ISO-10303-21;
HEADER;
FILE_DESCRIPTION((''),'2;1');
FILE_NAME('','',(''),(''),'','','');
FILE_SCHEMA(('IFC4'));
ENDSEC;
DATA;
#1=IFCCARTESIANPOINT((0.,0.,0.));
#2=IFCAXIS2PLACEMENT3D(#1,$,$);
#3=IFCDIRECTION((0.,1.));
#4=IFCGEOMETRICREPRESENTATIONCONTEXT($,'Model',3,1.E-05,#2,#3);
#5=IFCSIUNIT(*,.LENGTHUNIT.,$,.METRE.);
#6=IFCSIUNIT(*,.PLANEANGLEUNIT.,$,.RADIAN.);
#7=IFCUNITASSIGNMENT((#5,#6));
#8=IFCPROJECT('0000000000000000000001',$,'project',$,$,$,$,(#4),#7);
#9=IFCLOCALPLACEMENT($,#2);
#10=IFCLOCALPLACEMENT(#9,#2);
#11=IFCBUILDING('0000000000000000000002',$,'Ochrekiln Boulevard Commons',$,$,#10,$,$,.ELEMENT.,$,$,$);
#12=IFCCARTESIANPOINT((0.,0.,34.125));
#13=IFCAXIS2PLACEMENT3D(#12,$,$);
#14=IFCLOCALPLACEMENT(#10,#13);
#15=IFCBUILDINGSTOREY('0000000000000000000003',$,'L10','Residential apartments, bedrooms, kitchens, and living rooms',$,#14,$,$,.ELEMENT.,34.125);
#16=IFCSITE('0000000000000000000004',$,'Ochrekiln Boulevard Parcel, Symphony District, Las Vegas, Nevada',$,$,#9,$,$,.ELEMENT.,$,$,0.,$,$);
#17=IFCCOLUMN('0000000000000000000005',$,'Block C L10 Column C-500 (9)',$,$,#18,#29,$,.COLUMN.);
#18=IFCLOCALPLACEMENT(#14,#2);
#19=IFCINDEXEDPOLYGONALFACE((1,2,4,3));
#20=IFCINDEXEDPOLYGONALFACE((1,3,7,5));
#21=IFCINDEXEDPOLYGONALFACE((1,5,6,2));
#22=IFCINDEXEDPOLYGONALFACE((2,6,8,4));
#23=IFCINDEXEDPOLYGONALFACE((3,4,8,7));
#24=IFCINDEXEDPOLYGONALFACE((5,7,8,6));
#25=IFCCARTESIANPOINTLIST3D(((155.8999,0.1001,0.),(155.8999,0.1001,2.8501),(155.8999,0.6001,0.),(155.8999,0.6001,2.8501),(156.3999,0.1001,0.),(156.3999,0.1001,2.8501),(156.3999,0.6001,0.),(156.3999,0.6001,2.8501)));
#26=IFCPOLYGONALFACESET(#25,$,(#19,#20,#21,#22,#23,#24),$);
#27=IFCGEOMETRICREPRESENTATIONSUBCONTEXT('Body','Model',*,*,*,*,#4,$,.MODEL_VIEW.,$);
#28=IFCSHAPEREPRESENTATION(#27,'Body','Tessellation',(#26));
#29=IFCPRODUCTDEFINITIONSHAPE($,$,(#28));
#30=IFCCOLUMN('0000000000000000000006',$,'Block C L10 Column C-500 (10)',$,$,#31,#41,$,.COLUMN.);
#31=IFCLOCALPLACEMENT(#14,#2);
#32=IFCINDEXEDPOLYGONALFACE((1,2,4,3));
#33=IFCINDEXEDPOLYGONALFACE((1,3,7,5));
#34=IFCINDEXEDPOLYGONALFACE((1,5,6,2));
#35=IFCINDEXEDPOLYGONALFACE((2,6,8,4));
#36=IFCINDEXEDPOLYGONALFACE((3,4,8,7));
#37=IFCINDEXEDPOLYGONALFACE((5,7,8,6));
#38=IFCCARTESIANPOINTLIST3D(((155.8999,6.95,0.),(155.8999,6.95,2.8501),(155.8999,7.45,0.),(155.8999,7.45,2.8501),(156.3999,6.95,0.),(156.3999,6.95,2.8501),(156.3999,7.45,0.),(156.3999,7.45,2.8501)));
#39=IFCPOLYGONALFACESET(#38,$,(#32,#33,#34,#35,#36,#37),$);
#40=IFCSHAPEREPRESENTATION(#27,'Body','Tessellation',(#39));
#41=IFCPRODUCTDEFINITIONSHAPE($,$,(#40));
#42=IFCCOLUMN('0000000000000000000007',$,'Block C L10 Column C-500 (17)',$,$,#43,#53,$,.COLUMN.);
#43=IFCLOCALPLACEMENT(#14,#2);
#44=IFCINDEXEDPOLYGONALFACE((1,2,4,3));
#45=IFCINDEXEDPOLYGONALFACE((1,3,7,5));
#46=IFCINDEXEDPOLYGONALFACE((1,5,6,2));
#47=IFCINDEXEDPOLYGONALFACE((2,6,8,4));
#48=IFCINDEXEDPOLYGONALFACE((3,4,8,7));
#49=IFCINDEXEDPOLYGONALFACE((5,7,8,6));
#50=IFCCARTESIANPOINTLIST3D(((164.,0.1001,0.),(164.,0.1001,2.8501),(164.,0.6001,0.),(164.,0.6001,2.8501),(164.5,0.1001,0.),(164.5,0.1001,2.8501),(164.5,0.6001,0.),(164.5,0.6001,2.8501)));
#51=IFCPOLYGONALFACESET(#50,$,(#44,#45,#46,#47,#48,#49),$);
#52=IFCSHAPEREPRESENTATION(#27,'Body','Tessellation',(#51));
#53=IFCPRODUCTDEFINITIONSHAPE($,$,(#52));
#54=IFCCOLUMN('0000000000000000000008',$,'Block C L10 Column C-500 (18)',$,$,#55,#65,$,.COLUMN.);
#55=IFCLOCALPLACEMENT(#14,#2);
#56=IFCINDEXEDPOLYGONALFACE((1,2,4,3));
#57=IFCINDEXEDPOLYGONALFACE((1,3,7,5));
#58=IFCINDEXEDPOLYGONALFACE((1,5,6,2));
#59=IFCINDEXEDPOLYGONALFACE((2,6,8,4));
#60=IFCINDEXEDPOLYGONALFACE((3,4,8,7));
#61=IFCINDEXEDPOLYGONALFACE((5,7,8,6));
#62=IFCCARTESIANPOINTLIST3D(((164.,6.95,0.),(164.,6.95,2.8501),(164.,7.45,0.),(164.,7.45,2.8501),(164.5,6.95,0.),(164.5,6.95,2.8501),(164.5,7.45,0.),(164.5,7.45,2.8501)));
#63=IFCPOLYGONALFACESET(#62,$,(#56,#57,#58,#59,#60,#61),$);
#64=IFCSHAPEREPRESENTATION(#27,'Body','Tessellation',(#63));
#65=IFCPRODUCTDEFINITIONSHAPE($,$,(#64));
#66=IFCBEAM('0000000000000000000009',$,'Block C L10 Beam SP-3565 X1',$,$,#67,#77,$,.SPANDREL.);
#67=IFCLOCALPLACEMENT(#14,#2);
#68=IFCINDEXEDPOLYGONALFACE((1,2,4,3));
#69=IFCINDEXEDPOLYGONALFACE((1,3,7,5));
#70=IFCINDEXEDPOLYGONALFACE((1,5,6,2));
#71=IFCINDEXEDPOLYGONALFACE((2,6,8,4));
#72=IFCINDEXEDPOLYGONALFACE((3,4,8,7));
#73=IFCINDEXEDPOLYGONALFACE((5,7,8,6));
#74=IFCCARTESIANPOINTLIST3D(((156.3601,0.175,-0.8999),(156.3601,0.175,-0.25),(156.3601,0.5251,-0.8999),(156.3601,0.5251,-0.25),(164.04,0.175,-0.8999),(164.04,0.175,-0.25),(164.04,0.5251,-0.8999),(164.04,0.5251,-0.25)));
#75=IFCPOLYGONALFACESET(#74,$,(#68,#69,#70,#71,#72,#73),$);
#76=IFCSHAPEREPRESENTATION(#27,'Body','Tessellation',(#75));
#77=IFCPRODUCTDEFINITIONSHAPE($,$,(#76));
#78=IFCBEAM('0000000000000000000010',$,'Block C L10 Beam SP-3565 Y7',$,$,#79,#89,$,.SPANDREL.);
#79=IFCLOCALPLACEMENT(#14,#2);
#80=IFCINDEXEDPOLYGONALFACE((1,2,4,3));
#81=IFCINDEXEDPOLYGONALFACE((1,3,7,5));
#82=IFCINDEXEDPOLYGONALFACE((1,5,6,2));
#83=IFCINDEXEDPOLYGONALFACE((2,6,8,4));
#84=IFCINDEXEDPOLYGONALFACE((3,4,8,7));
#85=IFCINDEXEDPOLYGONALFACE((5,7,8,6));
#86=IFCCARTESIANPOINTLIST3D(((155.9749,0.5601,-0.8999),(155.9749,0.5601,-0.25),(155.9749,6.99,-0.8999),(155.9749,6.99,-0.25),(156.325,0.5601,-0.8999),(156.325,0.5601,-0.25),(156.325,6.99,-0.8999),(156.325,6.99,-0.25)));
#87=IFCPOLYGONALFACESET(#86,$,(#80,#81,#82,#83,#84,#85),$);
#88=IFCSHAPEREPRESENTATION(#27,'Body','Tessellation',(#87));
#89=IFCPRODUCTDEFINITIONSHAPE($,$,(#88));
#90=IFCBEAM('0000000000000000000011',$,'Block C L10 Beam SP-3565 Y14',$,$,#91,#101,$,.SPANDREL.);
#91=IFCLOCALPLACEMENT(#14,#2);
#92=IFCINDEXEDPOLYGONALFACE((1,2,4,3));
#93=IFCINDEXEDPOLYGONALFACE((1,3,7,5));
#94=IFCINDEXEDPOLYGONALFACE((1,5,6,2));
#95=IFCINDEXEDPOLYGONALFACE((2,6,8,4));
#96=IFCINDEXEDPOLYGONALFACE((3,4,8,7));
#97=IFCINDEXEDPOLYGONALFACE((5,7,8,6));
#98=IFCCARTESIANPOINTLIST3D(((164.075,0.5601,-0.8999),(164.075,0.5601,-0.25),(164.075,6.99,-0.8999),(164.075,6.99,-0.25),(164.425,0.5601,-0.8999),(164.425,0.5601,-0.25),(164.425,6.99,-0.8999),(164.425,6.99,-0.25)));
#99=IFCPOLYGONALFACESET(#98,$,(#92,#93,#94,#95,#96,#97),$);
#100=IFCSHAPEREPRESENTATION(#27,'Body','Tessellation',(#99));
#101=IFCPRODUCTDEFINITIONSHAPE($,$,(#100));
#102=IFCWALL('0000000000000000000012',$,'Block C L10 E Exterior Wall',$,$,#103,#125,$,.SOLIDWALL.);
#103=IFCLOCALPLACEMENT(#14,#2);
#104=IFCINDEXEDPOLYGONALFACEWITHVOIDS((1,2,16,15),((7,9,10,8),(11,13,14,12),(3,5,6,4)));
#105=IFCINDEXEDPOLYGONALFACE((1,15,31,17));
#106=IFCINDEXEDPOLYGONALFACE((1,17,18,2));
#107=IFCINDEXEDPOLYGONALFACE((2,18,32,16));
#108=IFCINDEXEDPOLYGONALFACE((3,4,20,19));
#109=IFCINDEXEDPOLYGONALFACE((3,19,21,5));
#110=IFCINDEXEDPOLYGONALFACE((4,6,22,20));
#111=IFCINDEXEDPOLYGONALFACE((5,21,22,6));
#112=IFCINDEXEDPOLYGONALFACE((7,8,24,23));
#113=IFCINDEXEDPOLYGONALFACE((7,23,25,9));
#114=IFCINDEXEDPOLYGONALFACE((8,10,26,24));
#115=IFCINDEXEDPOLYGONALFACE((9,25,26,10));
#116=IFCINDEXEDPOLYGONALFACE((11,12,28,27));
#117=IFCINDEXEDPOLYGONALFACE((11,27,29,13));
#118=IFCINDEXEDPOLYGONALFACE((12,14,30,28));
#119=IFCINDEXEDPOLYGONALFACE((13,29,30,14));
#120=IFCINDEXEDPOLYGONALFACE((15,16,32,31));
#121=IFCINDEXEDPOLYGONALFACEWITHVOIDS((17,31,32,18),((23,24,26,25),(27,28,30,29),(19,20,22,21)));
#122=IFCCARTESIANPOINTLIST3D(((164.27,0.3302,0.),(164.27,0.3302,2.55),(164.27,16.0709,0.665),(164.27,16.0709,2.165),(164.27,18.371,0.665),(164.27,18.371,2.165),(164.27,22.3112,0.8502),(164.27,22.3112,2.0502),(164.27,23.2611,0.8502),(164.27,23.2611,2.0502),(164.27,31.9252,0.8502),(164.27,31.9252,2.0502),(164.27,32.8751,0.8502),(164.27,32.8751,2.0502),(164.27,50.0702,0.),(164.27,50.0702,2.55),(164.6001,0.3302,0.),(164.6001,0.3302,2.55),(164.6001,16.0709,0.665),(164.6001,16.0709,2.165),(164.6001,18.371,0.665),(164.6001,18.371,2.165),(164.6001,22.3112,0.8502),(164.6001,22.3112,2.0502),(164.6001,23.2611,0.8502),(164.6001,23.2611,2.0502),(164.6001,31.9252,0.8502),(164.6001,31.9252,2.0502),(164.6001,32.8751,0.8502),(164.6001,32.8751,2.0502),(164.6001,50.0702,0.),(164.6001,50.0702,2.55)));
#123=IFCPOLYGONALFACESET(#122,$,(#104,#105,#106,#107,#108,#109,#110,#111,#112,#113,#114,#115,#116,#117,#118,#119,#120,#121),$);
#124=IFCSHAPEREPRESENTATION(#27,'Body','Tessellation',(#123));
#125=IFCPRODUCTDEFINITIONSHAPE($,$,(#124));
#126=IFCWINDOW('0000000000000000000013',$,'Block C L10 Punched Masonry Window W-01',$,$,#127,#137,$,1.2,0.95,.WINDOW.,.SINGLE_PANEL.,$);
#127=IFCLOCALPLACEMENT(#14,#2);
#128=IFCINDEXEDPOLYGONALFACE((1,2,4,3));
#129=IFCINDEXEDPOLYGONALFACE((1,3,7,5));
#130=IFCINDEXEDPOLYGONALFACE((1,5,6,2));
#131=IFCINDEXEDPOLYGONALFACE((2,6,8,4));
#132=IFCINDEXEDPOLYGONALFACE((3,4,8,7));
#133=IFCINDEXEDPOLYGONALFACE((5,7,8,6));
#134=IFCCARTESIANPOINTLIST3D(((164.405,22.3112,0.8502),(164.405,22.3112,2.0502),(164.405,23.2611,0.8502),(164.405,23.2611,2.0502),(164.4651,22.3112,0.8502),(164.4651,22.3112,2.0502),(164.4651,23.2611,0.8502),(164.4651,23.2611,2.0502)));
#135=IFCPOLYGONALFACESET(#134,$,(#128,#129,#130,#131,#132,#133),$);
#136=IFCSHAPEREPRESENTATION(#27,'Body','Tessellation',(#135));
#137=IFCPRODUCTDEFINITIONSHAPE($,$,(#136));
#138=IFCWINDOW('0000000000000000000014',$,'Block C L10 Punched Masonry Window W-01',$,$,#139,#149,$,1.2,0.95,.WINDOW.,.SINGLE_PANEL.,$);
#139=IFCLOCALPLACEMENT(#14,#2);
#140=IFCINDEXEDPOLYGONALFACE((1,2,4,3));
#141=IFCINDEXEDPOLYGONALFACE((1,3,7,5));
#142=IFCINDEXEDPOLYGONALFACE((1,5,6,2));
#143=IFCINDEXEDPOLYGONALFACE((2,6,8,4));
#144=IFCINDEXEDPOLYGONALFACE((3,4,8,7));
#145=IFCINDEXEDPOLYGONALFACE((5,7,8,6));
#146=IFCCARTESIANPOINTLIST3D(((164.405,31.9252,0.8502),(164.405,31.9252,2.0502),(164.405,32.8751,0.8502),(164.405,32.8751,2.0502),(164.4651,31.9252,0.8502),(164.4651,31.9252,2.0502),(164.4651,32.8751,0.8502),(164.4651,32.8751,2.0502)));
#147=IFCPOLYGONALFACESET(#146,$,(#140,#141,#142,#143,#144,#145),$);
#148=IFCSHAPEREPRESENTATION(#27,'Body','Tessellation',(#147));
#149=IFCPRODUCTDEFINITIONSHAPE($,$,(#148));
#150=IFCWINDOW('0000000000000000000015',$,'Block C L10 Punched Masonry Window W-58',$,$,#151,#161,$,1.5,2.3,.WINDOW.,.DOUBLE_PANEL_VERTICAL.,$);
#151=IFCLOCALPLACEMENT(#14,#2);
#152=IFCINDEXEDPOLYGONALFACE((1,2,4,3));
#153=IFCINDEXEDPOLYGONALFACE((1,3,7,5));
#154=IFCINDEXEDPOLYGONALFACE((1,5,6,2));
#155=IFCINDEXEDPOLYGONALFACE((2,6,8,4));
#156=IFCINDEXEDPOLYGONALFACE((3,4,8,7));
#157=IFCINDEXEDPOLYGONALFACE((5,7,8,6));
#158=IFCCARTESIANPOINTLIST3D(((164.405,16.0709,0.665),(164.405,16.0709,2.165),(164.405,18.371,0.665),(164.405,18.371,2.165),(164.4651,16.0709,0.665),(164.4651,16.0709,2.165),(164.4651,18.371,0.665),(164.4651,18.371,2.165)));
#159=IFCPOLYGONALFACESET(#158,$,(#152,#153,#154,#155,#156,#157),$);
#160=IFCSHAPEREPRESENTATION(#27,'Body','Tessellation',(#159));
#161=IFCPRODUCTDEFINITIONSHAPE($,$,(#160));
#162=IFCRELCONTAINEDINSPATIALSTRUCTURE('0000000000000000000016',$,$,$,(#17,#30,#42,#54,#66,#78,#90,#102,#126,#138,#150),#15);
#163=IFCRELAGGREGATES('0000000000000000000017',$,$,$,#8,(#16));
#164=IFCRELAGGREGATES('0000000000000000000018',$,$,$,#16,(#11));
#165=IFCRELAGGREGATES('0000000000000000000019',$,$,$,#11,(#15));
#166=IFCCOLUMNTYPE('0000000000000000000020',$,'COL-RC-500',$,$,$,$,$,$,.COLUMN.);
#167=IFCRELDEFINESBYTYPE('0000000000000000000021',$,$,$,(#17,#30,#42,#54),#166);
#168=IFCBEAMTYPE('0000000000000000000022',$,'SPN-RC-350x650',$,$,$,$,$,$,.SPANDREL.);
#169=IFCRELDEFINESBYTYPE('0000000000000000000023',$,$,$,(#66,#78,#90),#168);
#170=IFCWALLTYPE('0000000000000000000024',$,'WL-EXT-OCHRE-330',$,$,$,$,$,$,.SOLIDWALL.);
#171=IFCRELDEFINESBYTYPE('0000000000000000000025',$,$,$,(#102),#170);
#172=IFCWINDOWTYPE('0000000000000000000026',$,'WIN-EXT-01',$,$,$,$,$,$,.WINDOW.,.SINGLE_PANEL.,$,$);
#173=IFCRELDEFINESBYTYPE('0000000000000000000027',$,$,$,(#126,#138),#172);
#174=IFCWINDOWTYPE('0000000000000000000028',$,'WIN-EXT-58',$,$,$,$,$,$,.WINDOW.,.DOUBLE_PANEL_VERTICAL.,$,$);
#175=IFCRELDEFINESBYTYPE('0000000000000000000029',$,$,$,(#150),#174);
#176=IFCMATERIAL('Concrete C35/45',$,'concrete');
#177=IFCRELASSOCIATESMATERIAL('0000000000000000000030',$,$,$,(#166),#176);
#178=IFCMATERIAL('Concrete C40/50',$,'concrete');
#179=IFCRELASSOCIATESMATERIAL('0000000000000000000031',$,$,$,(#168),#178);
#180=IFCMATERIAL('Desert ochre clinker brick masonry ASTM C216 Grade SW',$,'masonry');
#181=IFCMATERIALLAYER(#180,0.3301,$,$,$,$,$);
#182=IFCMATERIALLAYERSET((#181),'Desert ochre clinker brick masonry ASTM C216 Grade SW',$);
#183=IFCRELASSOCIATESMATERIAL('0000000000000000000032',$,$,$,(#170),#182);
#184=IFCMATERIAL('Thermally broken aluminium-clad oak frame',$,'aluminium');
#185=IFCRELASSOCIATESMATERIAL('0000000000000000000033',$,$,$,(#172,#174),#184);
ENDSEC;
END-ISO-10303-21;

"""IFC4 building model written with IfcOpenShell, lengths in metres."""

from ifc_helpers import new_model, si_unit, direction, frame, frame_2d, origin, origin_2d, place, context, subcontext, project, spatial, rectangle, extrude, material, layer, layer_set, material_profile, profile_set, type_object, element, fill, save


model = new_model("IFC4")

# Units and contexts
model_context = context("Model", 3, precision=1e-05, world=origin(), true_north=direction((0.0, 1.0)))
body_context = subcontext(model_context, "Body", "Model", "MODEL_VIEW")
ifc_project = project(units=[si_unit("LENGTHUNIT", "METRE"), si_unit("PLANEANGLEUNIT", "RADIAN")], contexts=[model_context])

# Site, building, storey
site_placement = place(None, origin())
site = spatial("IfcSite", under=ifc_project, at=site_placement, Name="Ochrekiln Boulevard Parcel, Symphony District, Las Vegas, Nevada", CompositionType="ELEMENT", RefElevation=0.0)
building_placement = place(site_placement, origin())
building = spatial("IfcBuilding", under=site, at=building_placement, Name="Ochrekiln Boulevard Commons", CompositionType="ELEMENT")
storey_placement = place(building_placement, frame((0.0, 0.0, 34.125)))
storey = spatial("IfcBuildingStorey", under=building, at=storey_placement, Name="L10", Description="Residential apartments, bedrooms, kitchens, and living rooms", CompositionType="ELEMENT", Elevation=34.125)

# Columns
ifc_material_1 = material(Name="Concrete C35/45", Category="concrete")
ifc_material_profile_1 = material_profile(ifc_material_1, rectangle(XDim=0.5, YDim=0.5, at=origin_2d()), Name="RC-COL-500x500")
ifc_profile_set_1 = profile_set([ifc_material_profile_1], Name="Concrete C35/45")
column_type = type_object("IfcColumnType", Name="COL-RC-500", PredefinedType="COLUMN", material=ifc_profile_set_1)
for number, where, z_axis, x_axis, name in (
    (1, (156.1499, 0.3501, 0.0), (0.0, 0.0, 1.0), (1.0, 0.0, 0.0), "Block C L10 Column C-500 (9)"),
    (2, (156.1499, 7.2, 0.0), (0.0, 0.0, 1.0), (1.0, 0.0, 0.0), "Block C L10 Column C-500 (10)"),
    (3, (164.25, 0.3501, 0.0), (0.0, 0.0, 1.0), (1.0, 0.0, 0.0), "Block C L10 Column C-500 (17)"),
    (4, (164.25, 7.2, 0.0), (0.0, 0.0, 1.0), (1.0, 0.0, 0.0), "Block C L10 Column C-500 (18)"),
):
    element("IfcColumn", number, at=place(storey_placement, frame(where, z_axis=z_axis, x_axis=x_axis)), inside=storey, type_object=column_type, Name=name, PredefinedType="COLUMN", context=body_context, shape_type="SweptSolid", body=[
        extrude(rectangle(XDim=0.5, YDim=0.5, at=origin_2d()), origin(), (0.0, 0.0, 1.0), 2.8501),
    ])

# Beams
ifc_material_2 = material(Name="Concrete C40/50", Category="concrete")
ifc_material_profile_2 = material_profile(ifc_material_2, rectangle(XDim=0.3501, YDim=0.6499, at=origin_2d()), Name="RC-SPN-350x650")
ifc_profile_set_2 = profile_set([ifc_material_profile_2], Name="Concrete C40/50")
beam_type = type_object("IfcBeamType", Name="SPN-RC-350x650", PredefinedType="SPANDREL", material=ifc_profile_set_2)
beam_placement = place(storey_placement, frame((156.3601, 0.3501, -0.575), z_axis=(1.0, 0.0, 0.0), x_axis=(0.0, 1.0, 0.0)))
element("IfcBeam", 5, at=beam_placement, inside=storey, type_object=beam_type, Name="Block C L10 Beam SP-3565 X1", PredefinedType="SPANDREL", context=body_context, shape_type="SweptSolid", body=[
    extrude(rectangle(XDim=0.3501, YDim=0.6499, at=origin_2d()), origin(), (0.0, 0.0, 1.0), 7.6799),
])
for number, where, z_axis, x_axis, name in (
    (6, (156.1499, 0.5601, -0.575), (0.0, 1.0, 0.0), (-1.0, 0.0, 0.0), "Block C L10 Beam SP-3565 Y7"),
    (7, (164.25, 0.5601, -0.575), (0.0, 1.0, 0.0), (-1.0, 0.0, 0.0), "Block C L10 Beam SP-3565 Y14"),
):
    element("IfcBeam", number, at=place(storey_placement, frame(where, z_axis=z_axis, x_axis=x_axis)), inside=storey, type_object=beam_type, Name=name, PredefinedType="SPANDREL", context=body_context, shape_type="SweptSolid", body=[
        extrude(rectangle(XDim=0.3501, YDim=0.6499, at=origin_2d()), origin(), (0.0, 0.0, 1.0), 6.4299),
    ])

# Wall, openings, windows
ifc_material_3 = material(Name="Desert ochre clinker brick masonry ASTM C216 Grade SW", Category="masonry")
ifc_layer_1 = layer(ifc_material_3, 0.3301)
ifc_layer_set_1 = layer_set([ifc_layer_1], Name="Desert ochre clinker brick masonry ASTM C216 Grade SW")
wall_type_1 = type_object("IfcWallType", Name="WL-EXT-OCHRE-330", PredefinedType="SOLIDWALL", material=ifc_layer_set_1)
wall_1_placement = place(storey_placement, frame((164.4351, 0.3301, 0.0), z_axis=(0.0, 0.0, 1.0), x_axis=(0.0, 1.0, 0.0)))
wall_1 = element("IfcWall", 8, at=wall_1_placement, inside=storey, type_object=wall_type_1, Name="Block C L10 E Exterior Wall", PredefinedType="SOLIDWALL", context=body_context, shape_type="SweptSolid", body=[
    extrude(rectangle(XDim=49.74, YDim=0.3301, at=frame_2d((24.8701, 0.0))), origin(), (0.0, 0.0, 1.0), 2.55),
])
opening_1_placement = place(wall_1_placement, frame((15.741, 0.0, 0.665)))
opening_1 = element("IfcOpeningElement", 9, at=opening_1_placement, cuts=wall_1, PredefinedType="OPENING", context=body_context, shape_type="SweptSolid", body=[
    extrude(rectangle(XDim=2.3, YDim=1.5, at=frame_2d((1.1499, 0.75))), frame((0.0, 0.175, 0.0), z_axis=(0.0, -1.0, 0.0), x_axis=(1.0, 0.0, 0.0)), (0.0, 0.0, 1.0), 0.3501),
])
opening_2_placement = place(wall_1_placement, frame((21.981, 0.0, 0.8501)))
opening_2 = element("IfcOpeningElement", 10, at=opening_2_placement, cuts=wall_1, PredefinedType="OPENING", context=body_context, shape_type="SweptSolid", body=[
    extrude(rectangle(XDim=0.95, YDim=1.2, at=frame_2d((0.4751, 0.6001))), frame((0.0, 0.175, 0.0), z_axis=(0.0, -1.0, 0.0), x_axis=(1.0, 0.0, 0.0)), (0.0, 0.0, 1.0), 0.3501),
])
opening_3_placement = place(wall_1_placement, frame((31.595, 0.0, 0.8501)))
opening_3 = element("IfcOpeningElement", 11, at=opening_3_placement, cuts=wall_1, PredefinedType="OPENING", context=body_context, shape_type="SweptSolid", body=[
    extrude(rectangle(XDim=0.95, YDim=1.2, at=frame_2d((0.4751, 0.6001))), frame((0.0, 0.175, 0.0), z_axis=(0.0, -1.0, 0.0), x_axis=(1.0, 0.0, 0.0)), (0.0, 0.0, 1.0), 0.3501),
])
ifc_material_4 = material(Name="Thermally broken aluminium-clad oak frame", Category="aluminium")
window_type_1 = type_object("IfcWindowType", Name="WIN-EXT-01", PartitioningType="SINGLE_PANEL", PredefinedType="WINDOW", material=ifc_material_4)
window_1_placement = place(opening_2_placement, origin())
window_1 = element("IfcWindow", 12, at=window_1_placement, inside=storey, type_object=window_type_1, Name="Block C L10 Punched Masonry Window W-01", OverallHeight=1.2, OverallWidth=0.95, PartitioningType="SINGLE_PANEL", PredefinedType="WINDOW", context=body_context, shape_type="SweptSolid", body=[
    extrude(rectangle(XDim=0.95, YDim=1.2, at=frame_2d((0.4751, 0.6001))), frame((0.0, 0.03, 0.0), z_axis=(0.0, -1.0, 0.0), x_axis=(1.0, 0.0, 0.0)), (0.0, 0.0, 1.0), 0.0601),
])
fill(opening_2, window_1)
window_2_placement = place(opening_3_placement, origin())
window_2 = element("IfcWindow", 13, at=window_2_placement, inside=storey, type_object=window_type_1, Name="Block C L10 Punched Masonry Window W-01", OverallHeight=1.2, OverallWidth=0.95, PartitioningType="SINGLE_PANEL", PredefinedType="WINDOW", context=body_context, shape_type="SweptSolid", body=[
    extrude(rectangle(XDim=0.95, YDim=1.2, at=frame_2d((0.4751, 0.6001))), frame((0.0, 0.03, 0.0), z_axis=(0.0, -1.0, 0.0), x_axis=(1.0, 0.0, 0.0)), (0.0, 0.0, 1.0), 0.0601),
])
fill(opening_3, window_2)
window_type_2 = type_object("IfcWindowType", Name="WIN-EXT-58", PartitioningType="DOUBLE_PANEL_VERTICAL", PredefinedType="WINDOW", material=ifc_material_4)
window_3_placement = place(opening_1_placement, origin())
window_3 = element("IfcWindow", 14, at=window_3_placement, inside=storey, type_object=window_type_2, Name="Block C L10 Punched Masonry Window W-58", OverallHeight=1.5, OverallWidth=2.3, PartitioningType="DOUBLE_PANEL_VERTICAL", PredefinedType="WINDOW", context=body_context, shape_type="SweptSolid", body=[
    extrude(rectangle(XDim=2.3, YDim=1.5, at=frame_2d((1.1499, 0.75))), frame((0.0, 0.03, 0.0), z_axis=(0.0, -1.0, 0.0), x_axis=(1.0, 0.0, 0.0)), (0.0, 0.0, 1.0), 0.0601),
])
fill(opening_1, window_3)

save(model, "model.ifc")
